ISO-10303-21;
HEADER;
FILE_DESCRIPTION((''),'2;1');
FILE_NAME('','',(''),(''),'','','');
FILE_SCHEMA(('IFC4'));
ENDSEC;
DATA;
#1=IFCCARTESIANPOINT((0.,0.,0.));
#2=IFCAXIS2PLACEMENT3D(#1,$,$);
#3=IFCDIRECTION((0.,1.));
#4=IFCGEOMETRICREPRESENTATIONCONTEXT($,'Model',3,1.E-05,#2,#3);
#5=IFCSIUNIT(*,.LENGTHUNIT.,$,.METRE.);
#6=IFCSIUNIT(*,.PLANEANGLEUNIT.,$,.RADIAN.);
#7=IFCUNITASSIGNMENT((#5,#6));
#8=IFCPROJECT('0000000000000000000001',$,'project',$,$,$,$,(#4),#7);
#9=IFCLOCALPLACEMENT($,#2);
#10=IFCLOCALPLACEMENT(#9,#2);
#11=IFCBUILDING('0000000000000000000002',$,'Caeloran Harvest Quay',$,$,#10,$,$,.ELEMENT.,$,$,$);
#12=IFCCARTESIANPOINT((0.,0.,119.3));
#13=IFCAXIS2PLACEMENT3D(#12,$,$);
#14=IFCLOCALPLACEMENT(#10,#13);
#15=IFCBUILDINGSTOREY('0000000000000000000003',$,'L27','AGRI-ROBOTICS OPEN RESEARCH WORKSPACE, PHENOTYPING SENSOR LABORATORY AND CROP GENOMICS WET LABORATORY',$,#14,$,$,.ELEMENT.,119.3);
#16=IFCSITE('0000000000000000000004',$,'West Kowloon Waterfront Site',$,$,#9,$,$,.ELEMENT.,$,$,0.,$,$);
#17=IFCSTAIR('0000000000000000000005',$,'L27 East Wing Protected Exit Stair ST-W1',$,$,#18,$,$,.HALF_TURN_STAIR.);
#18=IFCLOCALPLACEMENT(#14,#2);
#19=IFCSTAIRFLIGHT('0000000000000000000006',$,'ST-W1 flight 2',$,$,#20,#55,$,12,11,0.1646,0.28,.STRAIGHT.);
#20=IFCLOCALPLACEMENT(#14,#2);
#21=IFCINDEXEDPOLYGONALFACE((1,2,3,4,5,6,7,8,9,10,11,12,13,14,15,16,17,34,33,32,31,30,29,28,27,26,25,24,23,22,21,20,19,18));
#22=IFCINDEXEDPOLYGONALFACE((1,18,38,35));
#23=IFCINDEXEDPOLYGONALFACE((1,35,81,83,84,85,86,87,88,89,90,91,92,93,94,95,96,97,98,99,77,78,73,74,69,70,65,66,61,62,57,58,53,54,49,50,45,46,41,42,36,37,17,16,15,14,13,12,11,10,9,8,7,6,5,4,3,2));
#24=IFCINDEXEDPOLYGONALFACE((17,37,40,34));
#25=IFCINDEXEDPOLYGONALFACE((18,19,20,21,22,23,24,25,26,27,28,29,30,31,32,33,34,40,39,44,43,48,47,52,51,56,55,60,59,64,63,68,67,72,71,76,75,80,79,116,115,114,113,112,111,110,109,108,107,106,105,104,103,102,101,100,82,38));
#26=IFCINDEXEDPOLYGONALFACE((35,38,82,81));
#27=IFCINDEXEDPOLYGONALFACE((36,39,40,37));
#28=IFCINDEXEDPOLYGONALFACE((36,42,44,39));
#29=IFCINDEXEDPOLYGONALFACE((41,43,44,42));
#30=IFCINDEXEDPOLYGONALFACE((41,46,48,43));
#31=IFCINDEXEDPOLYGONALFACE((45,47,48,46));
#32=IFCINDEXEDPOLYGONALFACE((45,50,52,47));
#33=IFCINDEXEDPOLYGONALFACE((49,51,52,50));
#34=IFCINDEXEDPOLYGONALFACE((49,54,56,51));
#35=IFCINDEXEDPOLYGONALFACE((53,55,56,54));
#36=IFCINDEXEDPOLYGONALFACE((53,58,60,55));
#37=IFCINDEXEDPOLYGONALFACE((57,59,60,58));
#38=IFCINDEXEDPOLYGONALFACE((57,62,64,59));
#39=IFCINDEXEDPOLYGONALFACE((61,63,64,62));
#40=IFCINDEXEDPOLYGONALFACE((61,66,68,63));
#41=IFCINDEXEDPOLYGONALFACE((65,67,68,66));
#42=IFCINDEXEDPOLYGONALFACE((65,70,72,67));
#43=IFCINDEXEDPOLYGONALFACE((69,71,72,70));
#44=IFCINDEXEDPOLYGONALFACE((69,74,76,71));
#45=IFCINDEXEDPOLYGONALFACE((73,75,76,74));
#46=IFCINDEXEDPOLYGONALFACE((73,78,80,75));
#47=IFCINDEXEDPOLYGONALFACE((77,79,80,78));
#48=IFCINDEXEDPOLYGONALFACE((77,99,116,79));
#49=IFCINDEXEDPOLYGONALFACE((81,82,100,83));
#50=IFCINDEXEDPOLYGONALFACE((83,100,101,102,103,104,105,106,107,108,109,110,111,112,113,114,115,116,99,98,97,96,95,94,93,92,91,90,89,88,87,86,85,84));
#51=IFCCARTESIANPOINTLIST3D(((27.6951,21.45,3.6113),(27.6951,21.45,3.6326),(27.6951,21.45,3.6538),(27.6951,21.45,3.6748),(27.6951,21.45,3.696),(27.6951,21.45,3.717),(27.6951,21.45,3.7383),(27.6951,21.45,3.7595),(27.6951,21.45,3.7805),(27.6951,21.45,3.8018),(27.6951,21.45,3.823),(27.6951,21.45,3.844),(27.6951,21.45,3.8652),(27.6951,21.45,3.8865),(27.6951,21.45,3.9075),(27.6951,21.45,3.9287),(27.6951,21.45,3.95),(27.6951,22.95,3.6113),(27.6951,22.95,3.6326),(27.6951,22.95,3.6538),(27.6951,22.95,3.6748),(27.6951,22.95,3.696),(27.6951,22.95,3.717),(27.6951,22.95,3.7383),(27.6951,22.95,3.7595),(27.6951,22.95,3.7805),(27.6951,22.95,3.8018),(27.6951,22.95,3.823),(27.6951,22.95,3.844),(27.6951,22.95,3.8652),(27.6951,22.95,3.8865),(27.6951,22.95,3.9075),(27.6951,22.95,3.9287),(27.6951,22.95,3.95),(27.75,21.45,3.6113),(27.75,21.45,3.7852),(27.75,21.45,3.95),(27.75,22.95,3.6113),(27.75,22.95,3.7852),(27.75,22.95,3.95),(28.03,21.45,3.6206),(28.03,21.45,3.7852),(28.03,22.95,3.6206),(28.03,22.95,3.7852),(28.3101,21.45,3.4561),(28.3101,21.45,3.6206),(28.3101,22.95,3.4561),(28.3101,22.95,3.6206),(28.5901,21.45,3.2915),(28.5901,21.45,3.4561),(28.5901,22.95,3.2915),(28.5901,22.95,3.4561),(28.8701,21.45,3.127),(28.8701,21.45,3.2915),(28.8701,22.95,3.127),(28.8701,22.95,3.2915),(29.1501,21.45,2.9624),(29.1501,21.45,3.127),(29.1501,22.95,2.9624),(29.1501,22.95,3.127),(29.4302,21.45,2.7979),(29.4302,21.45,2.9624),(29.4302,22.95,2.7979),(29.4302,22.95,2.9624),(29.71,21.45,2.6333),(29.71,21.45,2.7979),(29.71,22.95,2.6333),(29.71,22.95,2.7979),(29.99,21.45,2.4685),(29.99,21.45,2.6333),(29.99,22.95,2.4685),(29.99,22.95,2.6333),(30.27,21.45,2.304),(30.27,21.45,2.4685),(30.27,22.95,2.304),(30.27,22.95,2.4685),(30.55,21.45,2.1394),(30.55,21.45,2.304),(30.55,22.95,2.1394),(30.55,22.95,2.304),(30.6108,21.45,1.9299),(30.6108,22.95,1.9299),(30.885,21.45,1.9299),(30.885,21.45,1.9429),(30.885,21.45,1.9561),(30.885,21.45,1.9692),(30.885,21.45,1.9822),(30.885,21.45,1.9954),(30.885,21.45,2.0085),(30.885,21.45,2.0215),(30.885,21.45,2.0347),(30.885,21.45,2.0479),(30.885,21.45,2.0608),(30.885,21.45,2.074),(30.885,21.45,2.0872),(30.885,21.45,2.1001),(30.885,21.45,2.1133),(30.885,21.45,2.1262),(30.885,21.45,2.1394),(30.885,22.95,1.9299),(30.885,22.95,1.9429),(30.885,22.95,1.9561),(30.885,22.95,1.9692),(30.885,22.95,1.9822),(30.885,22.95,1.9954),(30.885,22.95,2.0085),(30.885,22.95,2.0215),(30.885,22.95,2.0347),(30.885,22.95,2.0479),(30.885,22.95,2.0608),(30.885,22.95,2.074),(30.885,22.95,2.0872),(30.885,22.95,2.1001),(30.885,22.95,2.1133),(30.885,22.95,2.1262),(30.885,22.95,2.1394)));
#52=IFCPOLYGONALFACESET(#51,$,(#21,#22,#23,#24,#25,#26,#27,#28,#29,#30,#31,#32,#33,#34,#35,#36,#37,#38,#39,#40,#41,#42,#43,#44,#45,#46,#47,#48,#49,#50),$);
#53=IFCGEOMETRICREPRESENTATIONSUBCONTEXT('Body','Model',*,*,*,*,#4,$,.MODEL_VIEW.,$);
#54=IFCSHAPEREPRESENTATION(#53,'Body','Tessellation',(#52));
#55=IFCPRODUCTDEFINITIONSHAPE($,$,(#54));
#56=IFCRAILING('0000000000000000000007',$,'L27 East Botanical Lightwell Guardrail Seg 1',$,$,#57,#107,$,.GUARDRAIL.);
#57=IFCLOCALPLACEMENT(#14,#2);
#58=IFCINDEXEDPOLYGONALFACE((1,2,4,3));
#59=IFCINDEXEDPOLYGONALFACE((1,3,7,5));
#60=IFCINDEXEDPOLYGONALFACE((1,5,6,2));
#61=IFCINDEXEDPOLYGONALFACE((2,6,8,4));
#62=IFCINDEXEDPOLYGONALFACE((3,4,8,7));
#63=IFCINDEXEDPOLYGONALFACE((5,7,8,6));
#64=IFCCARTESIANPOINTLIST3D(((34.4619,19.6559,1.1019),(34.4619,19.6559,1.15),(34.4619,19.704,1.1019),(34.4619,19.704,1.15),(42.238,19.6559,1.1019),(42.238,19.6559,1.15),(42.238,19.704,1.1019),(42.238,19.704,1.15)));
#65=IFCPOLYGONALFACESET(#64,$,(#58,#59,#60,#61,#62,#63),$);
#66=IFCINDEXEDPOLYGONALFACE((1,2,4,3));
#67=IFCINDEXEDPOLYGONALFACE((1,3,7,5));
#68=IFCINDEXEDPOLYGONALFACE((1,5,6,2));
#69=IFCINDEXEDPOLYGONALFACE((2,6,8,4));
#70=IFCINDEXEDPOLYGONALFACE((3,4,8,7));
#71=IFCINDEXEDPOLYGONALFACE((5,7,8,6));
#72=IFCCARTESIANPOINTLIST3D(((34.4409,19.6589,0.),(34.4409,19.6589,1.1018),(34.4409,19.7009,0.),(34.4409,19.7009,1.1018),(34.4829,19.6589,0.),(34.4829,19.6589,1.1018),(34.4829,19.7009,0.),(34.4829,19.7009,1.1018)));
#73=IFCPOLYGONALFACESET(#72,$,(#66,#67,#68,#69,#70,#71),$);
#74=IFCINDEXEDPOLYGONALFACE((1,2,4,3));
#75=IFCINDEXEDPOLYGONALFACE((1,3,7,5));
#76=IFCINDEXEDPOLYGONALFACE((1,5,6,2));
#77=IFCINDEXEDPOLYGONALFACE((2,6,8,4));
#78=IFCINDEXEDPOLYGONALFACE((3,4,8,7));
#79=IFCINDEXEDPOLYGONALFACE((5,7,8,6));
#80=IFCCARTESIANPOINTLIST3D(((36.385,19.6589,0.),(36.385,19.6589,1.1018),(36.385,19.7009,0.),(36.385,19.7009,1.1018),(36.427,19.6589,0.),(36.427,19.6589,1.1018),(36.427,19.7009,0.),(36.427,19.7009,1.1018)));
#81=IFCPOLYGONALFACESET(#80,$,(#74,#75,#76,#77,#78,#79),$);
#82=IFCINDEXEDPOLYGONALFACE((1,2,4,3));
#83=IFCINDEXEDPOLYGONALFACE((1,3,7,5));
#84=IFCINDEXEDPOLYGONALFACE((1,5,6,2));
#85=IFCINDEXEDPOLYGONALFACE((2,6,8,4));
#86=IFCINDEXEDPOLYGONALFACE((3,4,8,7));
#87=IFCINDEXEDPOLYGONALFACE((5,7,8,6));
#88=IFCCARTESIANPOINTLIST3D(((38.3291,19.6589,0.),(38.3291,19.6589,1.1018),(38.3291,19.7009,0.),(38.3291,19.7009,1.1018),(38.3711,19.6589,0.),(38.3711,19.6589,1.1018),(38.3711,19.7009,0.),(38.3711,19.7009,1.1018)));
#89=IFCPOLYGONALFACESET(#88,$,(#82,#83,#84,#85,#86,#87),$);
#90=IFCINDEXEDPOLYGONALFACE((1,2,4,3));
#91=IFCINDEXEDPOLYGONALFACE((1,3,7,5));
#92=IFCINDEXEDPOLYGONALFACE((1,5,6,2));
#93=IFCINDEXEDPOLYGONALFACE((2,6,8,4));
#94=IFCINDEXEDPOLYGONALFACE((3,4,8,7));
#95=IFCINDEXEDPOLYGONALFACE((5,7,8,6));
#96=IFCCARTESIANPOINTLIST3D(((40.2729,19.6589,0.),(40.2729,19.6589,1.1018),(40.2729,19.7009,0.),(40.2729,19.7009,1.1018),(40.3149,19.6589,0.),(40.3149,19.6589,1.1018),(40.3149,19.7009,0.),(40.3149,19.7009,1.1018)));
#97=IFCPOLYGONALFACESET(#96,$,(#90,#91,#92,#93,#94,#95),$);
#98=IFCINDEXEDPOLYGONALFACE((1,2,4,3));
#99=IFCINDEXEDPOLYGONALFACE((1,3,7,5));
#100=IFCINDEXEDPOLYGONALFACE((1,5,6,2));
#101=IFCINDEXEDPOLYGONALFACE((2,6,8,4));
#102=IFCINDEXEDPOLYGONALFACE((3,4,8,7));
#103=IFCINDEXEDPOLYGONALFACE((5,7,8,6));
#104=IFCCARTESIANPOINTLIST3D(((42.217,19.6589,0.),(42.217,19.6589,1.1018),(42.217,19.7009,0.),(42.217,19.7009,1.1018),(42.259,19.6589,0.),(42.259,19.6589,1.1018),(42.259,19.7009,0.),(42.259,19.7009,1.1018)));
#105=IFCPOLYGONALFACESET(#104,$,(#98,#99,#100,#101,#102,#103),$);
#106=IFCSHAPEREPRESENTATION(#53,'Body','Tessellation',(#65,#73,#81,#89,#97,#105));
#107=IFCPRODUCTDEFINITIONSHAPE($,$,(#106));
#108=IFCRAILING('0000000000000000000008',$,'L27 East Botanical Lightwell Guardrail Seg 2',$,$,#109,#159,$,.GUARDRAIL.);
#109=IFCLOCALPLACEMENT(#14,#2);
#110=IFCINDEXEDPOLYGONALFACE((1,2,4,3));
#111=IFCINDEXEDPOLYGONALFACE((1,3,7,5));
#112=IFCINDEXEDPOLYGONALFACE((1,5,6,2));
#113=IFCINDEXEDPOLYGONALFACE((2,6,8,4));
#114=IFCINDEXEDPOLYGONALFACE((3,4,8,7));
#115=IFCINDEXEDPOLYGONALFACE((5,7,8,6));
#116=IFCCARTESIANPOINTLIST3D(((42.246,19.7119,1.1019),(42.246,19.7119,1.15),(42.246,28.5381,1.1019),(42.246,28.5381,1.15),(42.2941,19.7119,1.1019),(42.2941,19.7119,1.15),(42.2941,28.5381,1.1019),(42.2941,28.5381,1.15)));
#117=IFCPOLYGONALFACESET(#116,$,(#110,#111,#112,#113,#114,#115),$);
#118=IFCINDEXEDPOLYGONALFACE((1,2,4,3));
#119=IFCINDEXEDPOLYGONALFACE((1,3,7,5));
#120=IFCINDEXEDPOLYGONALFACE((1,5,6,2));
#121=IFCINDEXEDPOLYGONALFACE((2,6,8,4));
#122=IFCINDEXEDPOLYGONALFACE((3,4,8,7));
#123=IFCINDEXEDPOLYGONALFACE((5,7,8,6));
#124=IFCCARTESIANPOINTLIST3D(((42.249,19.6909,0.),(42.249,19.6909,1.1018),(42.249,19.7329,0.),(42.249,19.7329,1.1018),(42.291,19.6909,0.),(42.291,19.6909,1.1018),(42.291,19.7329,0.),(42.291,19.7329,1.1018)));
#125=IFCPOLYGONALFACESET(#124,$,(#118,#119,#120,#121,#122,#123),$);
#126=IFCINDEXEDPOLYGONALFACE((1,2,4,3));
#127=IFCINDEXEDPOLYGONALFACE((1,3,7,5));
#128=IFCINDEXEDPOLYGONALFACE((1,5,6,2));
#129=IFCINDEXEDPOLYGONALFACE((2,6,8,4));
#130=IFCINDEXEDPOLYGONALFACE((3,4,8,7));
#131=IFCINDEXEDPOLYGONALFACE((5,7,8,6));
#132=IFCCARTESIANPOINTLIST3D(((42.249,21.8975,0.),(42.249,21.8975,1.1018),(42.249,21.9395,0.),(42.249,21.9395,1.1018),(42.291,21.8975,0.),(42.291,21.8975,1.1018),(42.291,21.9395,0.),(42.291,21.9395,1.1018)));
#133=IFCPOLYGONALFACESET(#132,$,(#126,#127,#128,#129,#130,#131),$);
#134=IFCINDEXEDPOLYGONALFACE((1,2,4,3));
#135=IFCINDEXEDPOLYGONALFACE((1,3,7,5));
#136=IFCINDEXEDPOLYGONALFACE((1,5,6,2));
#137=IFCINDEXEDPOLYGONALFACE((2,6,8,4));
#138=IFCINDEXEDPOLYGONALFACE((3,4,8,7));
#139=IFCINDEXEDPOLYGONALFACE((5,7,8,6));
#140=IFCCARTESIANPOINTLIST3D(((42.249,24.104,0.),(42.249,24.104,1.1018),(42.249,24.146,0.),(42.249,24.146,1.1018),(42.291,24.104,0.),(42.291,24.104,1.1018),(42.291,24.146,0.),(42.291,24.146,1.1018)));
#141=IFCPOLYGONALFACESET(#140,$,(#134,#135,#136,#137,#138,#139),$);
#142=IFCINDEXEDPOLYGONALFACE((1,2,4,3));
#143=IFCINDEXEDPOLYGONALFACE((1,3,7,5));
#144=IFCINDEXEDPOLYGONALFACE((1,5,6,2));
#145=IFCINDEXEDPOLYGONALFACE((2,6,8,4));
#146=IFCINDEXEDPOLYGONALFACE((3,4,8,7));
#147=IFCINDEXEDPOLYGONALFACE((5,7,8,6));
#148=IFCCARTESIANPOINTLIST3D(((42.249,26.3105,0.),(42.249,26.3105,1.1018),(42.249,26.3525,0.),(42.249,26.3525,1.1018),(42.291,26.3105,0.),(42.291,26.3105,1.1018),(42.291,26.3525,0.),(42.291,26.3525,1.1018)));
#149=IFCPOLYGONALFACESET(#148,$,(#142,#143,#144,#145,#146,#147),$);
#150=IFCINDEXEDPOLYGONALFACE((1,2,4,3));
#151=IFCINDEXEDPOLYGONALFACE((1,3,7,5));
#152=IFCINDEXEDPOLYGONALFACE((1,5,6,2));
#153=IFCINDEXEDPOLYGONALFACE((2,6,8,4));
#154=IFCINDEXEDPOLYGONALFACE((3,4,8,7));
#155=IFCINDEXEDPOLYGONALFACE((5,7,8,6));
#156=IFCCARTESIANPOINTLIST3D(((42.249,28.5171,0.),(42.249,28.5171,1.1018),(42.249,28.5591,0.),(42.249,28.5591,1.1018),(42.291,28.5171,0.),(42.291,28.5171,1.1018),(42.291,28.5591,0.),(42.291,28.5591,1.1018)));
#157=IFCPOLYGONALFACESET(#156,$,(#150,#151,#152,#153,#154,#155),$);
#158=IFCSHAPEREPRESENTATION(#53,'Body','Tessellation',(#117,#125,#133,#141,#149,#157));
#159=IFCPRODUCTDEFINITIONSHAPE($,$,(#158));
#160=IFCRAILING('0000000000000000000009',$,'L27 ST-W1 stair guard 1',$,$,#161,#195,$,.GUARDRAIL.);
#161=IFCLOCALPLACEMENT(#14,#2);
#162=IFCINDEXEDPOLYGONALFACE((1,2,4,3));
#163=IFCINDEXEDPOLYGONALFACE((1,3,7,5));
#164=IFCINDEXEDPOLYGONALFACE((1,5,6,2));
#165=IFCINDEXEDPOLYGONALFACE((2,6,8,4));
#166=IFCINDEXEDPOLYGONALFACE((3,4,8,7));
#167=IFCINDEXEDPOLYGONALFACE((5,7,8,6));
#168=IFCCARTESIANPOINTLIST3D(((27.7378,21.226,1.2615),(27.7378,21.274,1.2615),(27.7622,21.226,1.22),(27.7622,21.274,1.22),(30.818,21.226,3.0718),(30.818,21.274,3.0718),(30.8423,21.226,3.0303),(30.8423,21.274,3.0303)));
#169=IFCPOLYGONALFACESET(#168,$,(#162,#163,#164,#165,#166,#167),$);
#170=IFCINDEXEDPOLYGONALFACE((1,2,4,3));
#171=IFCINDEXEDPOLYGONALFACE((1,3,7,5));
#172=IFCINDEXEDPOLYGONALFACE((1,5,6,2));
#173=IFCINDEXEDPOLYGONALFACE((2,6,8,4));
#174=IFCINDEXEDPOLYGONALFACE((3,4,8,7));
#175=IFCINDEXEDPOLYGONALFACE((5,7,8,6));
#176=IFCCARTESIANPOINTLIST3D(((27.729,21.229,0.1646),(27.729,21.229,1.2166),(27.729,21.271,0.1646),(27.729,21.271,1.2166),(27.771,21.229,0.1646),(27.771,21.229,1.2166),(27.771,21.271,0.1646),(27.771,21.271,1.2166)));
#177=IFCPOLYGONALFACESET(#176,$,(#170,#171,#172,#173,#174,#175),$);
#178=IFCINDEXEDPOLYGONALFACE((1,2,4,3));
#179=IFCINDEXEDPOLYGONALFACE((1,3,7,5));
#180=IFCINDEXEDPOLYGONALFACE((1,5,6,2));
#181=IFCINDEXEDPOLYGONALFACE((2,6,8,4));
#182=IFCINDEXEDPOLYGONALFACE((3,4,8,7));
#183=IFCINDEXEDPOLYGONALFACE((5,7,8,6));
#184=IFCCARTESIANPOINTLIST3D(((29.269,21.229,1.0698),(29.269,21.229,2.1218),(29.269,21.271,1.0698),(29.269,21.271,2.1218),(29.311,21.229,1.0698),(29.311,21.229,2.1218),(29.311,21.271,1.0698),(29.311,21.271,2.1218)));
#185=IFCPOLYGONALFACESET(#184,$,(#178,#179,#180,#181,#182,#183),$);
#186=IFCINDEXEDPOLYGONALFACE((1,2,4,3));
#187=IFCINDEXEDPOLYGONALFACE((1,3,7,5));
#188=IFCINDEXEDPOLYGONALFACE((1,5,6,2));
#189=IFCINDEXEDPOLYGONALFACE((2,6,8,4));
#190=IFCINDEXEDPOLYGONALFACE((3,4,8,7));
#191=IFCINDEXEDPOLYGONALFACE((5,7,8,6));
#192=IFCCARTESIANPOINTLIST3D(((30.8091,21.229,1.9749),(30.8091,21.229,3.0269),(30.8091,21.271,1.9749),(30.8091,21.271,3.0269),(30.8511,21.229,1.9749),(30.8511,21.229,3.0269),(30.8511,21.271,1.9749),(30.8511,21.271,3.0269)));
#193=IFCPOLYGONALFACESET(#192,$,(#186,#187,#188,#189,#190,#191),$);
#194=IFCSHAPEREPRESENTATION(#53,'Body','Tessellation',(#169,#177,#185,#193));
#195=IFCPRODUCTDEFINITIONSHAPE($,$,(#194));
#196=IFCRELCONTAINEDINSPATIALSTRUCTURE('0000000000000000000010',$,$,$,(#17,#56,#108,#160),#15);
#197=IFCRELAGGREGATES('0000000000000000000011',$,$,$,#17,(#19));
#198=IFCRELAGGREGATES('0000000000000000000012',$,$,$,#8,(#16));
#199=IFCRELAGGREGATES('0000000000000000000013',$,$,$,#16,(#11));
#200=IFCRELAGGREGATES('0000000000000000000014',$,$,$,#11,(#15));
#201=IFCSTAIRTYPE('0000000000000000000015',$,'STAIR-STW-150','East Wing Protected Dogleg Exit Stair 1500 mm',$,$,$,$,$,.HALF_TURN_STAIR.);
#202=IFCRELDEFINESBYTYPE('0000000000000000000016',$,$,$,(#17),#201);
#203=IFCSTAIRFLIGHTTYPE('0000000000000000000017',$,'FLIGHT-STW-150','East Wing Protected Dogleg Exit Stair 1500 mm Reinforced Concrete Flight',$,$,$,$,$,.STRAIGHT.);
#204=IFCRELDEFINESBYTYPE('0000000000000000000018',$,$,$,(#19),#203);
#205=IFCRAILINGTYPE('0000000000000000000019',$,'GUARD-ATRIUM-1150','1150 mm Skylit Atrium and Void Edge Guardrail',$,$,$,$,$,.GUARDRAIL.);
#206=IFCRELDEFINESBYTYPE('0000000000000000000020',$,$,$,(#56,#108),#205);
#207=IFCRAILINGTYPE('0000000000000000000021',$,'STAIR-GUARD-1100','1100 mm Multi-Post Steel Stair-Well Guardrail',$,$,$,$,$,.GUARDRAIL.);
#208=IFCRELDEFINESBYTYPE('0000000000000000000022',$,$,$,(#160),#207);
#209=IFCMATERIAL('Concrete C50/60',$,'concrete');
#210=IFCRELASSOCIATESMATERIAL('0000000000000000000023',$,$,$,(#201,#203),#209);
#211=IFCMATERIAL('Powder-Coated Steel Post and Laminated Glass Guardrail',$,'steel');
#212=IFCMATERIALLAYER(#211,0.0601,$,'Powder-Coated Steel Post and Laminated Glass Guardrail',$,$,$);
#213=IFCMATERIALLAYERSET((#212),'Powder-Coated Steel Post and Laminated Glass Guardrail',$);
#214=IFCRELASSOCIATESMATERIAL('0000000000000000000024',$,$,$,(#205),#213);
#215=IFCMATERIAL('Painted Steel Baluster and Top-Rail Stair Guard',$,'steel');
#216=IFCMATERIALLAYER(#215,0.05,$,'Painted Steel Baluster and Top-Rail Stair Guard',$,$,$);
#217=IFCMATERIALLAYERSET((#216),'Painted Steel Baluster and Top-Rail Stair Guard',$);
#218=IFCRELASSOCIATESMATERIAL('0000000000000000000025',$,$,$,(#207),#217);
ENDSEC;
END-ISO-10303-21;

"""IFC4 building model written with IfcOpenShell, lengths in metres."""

from ifc_helpers import new_model, si_unit, direction, frame, origin, origin_2d, place, context, subcontext, project, spatial, polyline, rectangle, outline, extrude, material, layer, layer_set, type_object, element, aggregate, save


model = new_model("IFC4")

# Units and contexts
model_context = context("Model", 3, precision=1e-05, world=origin(), true_north=direction((0.0, 1.0)))
body_context = subcontext(model_context, "Body", "Model", "MODEL_VIEW")
ifc_project = project(units=[si_unit("LENGTHUNIT", "METRE"), si_unit("PLANEANGLEUNIT", "RADIAN")], contexts=[model_context])

# Site, building, storey
site_placement = place(None, origin())
site = spatial("IfcSite", under=ifc_project, at=site_placement, Name="West Kowloon Waterfront Site", CompositionType="ELEMENT", RefElevation=0.0)
building_placement = place(site_placement, origin())
building = spatial("IfcBuilding", under=site, at=building_placement, Name="Caeloran Harvest Quay", CompositionType="ELEMENT")
storey_placement = place(building_placement, frame((0.0, 0.0, 119.3)))
storey = spatial("IfcBuildingStorey", under=building, at=storey_placement, Name="L27", Description="AGRI-ROBOTICS OPEN RESEARCH WORKSPACE, PHENOTYPING SENSOR LABORATORY AND CROP GENOMICS WET LABORATORY", CompositionType="ELEMENT", Elevation=119.3)

# Stair, stair flight
ifc_material_1 = material(Name="Concrete C50/60", Category="concrete")
stair_type = type_object("IfcStairType", Name="STAIR-STW-150", Description="East Wing Protected Dogleg Exit Stair 1500 mm", PredefinedType="HALF_TURN_STAIR", material=ifc_material_1)
stair_placement = place(storey_placement, origin())
stair = element("IfcStair", 1, at=stair_placement, inside=storey, type_object=stair_type, Name="L27 East Wing Protected Exit Stair ST-W1", PredefinedType="HALF_TURN_STAIR")
stair_flight_type = type_object("IfcStairFlightType", Name="FLIGHT-STW-150", Description="East Wing Protected Dogleg Exit Stair 1500 mm Reinforced Concrete Flight", PredefinedType="STRAIGHT", material=ifc_material_1)
stair_flight_1_placement = place(storey_placement, frame((30.8301, 22.2, 1.9749), z_axis=(0.0, 0.0, 1.0), x_axis=(-1.0, 0.0, 0.0)))
stair_flight_1 = element("IfcStairFlight", 2, at=stair_flight_1_placement, type_object=stair_flight_type, Name="ST-W1 flight 2", NumberOfRisers=12, NumberOfTreads=11, PredefinedType="STRAIGHT", RiserHeight=0.1646, TreadLength=0.28, context=body_context, shape_type="SweptSolid", body=[
    extrude(outline(polyline([(-0.0549, -0.0449), (-0.0549, -0.032), (-0.0549, -0.0188), (-0.0549, -0.0056), (-0.0549, 0.0073), (-0.0549, 0.0205), (-0.0549, 0.0337), (-0.0549, 0.0466), (-0.0549, 0.0598), (-0.0549, 0.073), (-0.0549, 0.0859), (-0.0549, 0.0991), (-0.0549, 0.1123), (-0.0549, 0.1252), (-0.0549, 0.1384), (-0.0549, 0.1514), (-0.0549, 0.1646), (0.28, 0.1646), (0.28, 0.3291), (0.5601, 0.3291), (0.5601, 0.4937), (0.8401, 0.4937), (0.8401, 0.6584), (1.1201, 0.6584), (1.1201, 0.823), (1.3999, 0.823), (1.3999, 0.9875), (1.6799, 0.9875), (1.6799, 1.1521), (1.96, 1.1521), (1.96, 1.3167), (2.24, 1.3167), (2.24, 1.4812), (2.52, 1.4812), (2.52, 1.6458), (2.8, 1.6458), (2.8, 1.8103), (3.0801, 1.8103), (3.0801, 1.9751), (3.135, 1.9751), (3.135, 1.9539), (3.135, 1.9326), (3.135, 1.9116), (3.135, 1.8904), (3.135, 1.8691), (3.135, 1.8481), (3.135, 1.8269), (3.135, 1.8057), (3.135, 1.7847), (3.135, 1.7634), (3.135, 1.7422), (3.135, 1.7212), (3.135, 1.7), (3.135, 1.679), (3.135, 1.6577), (3.135, 1.6365), (3.0801, 1.6365), (0.2192, -0.0449), (-0.0549, -0.0449)])), frame((0.0, 0.75, 0.0), z_axis=(0.0, -1.0, 0.0), x_axis=(1.0, 0.0, 0.0)), (0.0, 0.0, 1.0), 1.5),
])
aggregate(stair, [stair_flight_1])

# Railings
ifc_material_2 = material(Name="Powder-Coated Steel Post and Laminated Glass Guardrail", Category="steel")
ifc_layer_1 = layer(ifc_material_2, 0.0601, Name="Powder-Coated Steel Post and Laminated Glass Guardrail")
ifc_layer_set_1 = layer_set([ifc_layer_1], Name="Powder-Coated Steel Post and Laminated Glass Guardrail")
railing_type_1 = type_object("IfcRailingType", Name="GUARD-ATRIUM-1150", Description="1150 mm Skylit Atrium and Void Edge Guardrail", PredefinedType="GUARDRAIL", material=ifc_layer_set_1)
railing_1_placement = place(storey_placement, frame((34.4619, 19.6799, 0.0)))
element("IfcRailing", 3, at=railing_1_placement, inside=storey, type_object=railing_type_1, Name="L27 East Botanical Lightwell Guardrail Seg 1", PredefinedType="GUARDRAIL", context=body_context, shape_type="SweptSolid", body=[
    extrude(rectangle(XDim=0.0481, YDim=0.0481, at=origin_2d()), frame((0.0, 0.0, 1.126), z_axis=(1.0, 0.0, 0.0), x_axis=(0.0, 1.0, 0.0)), (0.0, 0.0, 1.0), 7.7761),
    extrude(rectangle(XDim=0.042, YDim=0.042, at=origin_2d()), origin(), (0.0, 0.0, 1.0), 1.1018),
    extrude(rectangle(XDim=0.042, YDim=0.042, at=origin_2d()), frame((1.9441, 0.0, 0.0)), (0.0, 0.0, 1.0), 1.1018),
    extrude(rectangle(XDim=0.042, YDim=0.042, at=origin_2d()), frame((3.8882, 0.0, 0.0)), (0.0, 0.0, 1.0), 1.1018),
    extrude(rectangle(XDim=0.042, YDim=0.042, at=origin_2d()), frame((5.832, 0.0, 0.0)), (0.0, 0.0, 1.0), 1.1018),
    extrude(rectangle(XDim=0.042, YDim=0.042, at=origin_2d()), frame((7.7761, 0.0, 0.0)), (0.0, 0.0, 1.0), 1.1018),
])
railing_2_placement = place(storey_placement, frame((42.27, 19.7119, 0.0)))
element("IfcRailing", 4, at=railing_2_placement, inside=storey, type_object=railing_type_1, Name="L27 East Botanical Lightwell Guardrail Seg 2", PredefinedType="GUARDRAIL", context=body_context, shape_type="SweptSolid", body=[
    extrude(rectangle(XDim=0.0481, YDim=0.0481, at=origin_2d()), frame((0.0, 0.0, 1.126), z_axis=(0.0, 1.0, 0.0), x_axis=(-1.0, 0.0, 0.0)), (0.0, 0.0, 1.0), 8.8262),
    extrude(rectangle(XDim=0.042, YDim=0.042, at=origin_2d()), origin(), (0.0, 0.0, 1.0), 1.1018),
    extrude(rectangle(XDim=0.042, YDim=0.042, at=origin_2d()), frame((0.0, 2.2065, 0.0)), (0.0, 0.0, 1.0), 1.1018),
    extrude(rectangle(XDim=0.042, YDim=0.042, at=origin_2d()), frame((0.0, 4.4131, 0.0)), (0.0, 0.0, 1.0), 1.1018),
    extrude(rectangle(XDim=0.042, YDim=0.042, at=origin_2d()), frame((0.0, 6.6196, 0.0)), (0.0, 0.0, 1.0), 1.1018),
    extrude(rectangle(XDim=0.042, YDim=0.042, at=origin_2d()), frame((0.0, 8.8262, 0.0)), (0.0, 0.0, 1.0), 1.1018),
])
ifc_material_3 = material(Name="Painted Steel Baluster and Top-Rail Stair Guard", Category="steel")
ifc_layer_2 = layer(ifc_material_3, 0.05, Name="Painted Steel Baluster and Top-Rail Stair Guard")
ifc_layer_set_2 = layer_set([ifc_layer_2], Name="Painted Steel Baluster and Top-Rail Stair Guard")
railing_type_2 = type_object("IfcRailingType", Name="STAIR-GUARD-1100", Description="1100 mm Multi-Post Steel Stair-Well Guardrail", PredefinedType="GUARDRAIL", material=ifc_layer_set_2)
railing_3_placement = place(storey_placement, frame((27.75, 21.25, 0.1646)))
element("IfcRailing", 5, at=railing_3_placement, inside=storey, type_object=railing_type_2, Name="L27 ST-W1 stair guard 1", PredefinedType="GUARDRAIL", context=body_context, shape_type="SweptSolid", body=[
    extrude(rectangle(XDim=0.0481, YDim=0.0481, at=origin_2d()), frame((0.0, 0.0, 1.0762), z_axis=(0.862119, 0.0, 0.506707), x_axis=(0.0, 1.0, 0.0)), (0.0, 0.0, 1.0), 3.5728),
    extrude(rectangle(XDim=0.042, YDim=0.042, at=origin_2d()), origin(), (0.0, 0.0, 1.0), 1.052),
    extrude(rectangle(XDim=0.042, YDim=0.042, at=origin_2d()), frame((1.54, 0.0, 0.9053)), (0.0, 0.0, 1.0), 1.052),
    extrude(rectangle(XDim=0.042, YDim=0.042, at=origin_2d()), frame((3.0801, 0.0, 1.8103)), (0.0, 0.0, 1.0), 1.052),
])

save(model, "model.ifc")
